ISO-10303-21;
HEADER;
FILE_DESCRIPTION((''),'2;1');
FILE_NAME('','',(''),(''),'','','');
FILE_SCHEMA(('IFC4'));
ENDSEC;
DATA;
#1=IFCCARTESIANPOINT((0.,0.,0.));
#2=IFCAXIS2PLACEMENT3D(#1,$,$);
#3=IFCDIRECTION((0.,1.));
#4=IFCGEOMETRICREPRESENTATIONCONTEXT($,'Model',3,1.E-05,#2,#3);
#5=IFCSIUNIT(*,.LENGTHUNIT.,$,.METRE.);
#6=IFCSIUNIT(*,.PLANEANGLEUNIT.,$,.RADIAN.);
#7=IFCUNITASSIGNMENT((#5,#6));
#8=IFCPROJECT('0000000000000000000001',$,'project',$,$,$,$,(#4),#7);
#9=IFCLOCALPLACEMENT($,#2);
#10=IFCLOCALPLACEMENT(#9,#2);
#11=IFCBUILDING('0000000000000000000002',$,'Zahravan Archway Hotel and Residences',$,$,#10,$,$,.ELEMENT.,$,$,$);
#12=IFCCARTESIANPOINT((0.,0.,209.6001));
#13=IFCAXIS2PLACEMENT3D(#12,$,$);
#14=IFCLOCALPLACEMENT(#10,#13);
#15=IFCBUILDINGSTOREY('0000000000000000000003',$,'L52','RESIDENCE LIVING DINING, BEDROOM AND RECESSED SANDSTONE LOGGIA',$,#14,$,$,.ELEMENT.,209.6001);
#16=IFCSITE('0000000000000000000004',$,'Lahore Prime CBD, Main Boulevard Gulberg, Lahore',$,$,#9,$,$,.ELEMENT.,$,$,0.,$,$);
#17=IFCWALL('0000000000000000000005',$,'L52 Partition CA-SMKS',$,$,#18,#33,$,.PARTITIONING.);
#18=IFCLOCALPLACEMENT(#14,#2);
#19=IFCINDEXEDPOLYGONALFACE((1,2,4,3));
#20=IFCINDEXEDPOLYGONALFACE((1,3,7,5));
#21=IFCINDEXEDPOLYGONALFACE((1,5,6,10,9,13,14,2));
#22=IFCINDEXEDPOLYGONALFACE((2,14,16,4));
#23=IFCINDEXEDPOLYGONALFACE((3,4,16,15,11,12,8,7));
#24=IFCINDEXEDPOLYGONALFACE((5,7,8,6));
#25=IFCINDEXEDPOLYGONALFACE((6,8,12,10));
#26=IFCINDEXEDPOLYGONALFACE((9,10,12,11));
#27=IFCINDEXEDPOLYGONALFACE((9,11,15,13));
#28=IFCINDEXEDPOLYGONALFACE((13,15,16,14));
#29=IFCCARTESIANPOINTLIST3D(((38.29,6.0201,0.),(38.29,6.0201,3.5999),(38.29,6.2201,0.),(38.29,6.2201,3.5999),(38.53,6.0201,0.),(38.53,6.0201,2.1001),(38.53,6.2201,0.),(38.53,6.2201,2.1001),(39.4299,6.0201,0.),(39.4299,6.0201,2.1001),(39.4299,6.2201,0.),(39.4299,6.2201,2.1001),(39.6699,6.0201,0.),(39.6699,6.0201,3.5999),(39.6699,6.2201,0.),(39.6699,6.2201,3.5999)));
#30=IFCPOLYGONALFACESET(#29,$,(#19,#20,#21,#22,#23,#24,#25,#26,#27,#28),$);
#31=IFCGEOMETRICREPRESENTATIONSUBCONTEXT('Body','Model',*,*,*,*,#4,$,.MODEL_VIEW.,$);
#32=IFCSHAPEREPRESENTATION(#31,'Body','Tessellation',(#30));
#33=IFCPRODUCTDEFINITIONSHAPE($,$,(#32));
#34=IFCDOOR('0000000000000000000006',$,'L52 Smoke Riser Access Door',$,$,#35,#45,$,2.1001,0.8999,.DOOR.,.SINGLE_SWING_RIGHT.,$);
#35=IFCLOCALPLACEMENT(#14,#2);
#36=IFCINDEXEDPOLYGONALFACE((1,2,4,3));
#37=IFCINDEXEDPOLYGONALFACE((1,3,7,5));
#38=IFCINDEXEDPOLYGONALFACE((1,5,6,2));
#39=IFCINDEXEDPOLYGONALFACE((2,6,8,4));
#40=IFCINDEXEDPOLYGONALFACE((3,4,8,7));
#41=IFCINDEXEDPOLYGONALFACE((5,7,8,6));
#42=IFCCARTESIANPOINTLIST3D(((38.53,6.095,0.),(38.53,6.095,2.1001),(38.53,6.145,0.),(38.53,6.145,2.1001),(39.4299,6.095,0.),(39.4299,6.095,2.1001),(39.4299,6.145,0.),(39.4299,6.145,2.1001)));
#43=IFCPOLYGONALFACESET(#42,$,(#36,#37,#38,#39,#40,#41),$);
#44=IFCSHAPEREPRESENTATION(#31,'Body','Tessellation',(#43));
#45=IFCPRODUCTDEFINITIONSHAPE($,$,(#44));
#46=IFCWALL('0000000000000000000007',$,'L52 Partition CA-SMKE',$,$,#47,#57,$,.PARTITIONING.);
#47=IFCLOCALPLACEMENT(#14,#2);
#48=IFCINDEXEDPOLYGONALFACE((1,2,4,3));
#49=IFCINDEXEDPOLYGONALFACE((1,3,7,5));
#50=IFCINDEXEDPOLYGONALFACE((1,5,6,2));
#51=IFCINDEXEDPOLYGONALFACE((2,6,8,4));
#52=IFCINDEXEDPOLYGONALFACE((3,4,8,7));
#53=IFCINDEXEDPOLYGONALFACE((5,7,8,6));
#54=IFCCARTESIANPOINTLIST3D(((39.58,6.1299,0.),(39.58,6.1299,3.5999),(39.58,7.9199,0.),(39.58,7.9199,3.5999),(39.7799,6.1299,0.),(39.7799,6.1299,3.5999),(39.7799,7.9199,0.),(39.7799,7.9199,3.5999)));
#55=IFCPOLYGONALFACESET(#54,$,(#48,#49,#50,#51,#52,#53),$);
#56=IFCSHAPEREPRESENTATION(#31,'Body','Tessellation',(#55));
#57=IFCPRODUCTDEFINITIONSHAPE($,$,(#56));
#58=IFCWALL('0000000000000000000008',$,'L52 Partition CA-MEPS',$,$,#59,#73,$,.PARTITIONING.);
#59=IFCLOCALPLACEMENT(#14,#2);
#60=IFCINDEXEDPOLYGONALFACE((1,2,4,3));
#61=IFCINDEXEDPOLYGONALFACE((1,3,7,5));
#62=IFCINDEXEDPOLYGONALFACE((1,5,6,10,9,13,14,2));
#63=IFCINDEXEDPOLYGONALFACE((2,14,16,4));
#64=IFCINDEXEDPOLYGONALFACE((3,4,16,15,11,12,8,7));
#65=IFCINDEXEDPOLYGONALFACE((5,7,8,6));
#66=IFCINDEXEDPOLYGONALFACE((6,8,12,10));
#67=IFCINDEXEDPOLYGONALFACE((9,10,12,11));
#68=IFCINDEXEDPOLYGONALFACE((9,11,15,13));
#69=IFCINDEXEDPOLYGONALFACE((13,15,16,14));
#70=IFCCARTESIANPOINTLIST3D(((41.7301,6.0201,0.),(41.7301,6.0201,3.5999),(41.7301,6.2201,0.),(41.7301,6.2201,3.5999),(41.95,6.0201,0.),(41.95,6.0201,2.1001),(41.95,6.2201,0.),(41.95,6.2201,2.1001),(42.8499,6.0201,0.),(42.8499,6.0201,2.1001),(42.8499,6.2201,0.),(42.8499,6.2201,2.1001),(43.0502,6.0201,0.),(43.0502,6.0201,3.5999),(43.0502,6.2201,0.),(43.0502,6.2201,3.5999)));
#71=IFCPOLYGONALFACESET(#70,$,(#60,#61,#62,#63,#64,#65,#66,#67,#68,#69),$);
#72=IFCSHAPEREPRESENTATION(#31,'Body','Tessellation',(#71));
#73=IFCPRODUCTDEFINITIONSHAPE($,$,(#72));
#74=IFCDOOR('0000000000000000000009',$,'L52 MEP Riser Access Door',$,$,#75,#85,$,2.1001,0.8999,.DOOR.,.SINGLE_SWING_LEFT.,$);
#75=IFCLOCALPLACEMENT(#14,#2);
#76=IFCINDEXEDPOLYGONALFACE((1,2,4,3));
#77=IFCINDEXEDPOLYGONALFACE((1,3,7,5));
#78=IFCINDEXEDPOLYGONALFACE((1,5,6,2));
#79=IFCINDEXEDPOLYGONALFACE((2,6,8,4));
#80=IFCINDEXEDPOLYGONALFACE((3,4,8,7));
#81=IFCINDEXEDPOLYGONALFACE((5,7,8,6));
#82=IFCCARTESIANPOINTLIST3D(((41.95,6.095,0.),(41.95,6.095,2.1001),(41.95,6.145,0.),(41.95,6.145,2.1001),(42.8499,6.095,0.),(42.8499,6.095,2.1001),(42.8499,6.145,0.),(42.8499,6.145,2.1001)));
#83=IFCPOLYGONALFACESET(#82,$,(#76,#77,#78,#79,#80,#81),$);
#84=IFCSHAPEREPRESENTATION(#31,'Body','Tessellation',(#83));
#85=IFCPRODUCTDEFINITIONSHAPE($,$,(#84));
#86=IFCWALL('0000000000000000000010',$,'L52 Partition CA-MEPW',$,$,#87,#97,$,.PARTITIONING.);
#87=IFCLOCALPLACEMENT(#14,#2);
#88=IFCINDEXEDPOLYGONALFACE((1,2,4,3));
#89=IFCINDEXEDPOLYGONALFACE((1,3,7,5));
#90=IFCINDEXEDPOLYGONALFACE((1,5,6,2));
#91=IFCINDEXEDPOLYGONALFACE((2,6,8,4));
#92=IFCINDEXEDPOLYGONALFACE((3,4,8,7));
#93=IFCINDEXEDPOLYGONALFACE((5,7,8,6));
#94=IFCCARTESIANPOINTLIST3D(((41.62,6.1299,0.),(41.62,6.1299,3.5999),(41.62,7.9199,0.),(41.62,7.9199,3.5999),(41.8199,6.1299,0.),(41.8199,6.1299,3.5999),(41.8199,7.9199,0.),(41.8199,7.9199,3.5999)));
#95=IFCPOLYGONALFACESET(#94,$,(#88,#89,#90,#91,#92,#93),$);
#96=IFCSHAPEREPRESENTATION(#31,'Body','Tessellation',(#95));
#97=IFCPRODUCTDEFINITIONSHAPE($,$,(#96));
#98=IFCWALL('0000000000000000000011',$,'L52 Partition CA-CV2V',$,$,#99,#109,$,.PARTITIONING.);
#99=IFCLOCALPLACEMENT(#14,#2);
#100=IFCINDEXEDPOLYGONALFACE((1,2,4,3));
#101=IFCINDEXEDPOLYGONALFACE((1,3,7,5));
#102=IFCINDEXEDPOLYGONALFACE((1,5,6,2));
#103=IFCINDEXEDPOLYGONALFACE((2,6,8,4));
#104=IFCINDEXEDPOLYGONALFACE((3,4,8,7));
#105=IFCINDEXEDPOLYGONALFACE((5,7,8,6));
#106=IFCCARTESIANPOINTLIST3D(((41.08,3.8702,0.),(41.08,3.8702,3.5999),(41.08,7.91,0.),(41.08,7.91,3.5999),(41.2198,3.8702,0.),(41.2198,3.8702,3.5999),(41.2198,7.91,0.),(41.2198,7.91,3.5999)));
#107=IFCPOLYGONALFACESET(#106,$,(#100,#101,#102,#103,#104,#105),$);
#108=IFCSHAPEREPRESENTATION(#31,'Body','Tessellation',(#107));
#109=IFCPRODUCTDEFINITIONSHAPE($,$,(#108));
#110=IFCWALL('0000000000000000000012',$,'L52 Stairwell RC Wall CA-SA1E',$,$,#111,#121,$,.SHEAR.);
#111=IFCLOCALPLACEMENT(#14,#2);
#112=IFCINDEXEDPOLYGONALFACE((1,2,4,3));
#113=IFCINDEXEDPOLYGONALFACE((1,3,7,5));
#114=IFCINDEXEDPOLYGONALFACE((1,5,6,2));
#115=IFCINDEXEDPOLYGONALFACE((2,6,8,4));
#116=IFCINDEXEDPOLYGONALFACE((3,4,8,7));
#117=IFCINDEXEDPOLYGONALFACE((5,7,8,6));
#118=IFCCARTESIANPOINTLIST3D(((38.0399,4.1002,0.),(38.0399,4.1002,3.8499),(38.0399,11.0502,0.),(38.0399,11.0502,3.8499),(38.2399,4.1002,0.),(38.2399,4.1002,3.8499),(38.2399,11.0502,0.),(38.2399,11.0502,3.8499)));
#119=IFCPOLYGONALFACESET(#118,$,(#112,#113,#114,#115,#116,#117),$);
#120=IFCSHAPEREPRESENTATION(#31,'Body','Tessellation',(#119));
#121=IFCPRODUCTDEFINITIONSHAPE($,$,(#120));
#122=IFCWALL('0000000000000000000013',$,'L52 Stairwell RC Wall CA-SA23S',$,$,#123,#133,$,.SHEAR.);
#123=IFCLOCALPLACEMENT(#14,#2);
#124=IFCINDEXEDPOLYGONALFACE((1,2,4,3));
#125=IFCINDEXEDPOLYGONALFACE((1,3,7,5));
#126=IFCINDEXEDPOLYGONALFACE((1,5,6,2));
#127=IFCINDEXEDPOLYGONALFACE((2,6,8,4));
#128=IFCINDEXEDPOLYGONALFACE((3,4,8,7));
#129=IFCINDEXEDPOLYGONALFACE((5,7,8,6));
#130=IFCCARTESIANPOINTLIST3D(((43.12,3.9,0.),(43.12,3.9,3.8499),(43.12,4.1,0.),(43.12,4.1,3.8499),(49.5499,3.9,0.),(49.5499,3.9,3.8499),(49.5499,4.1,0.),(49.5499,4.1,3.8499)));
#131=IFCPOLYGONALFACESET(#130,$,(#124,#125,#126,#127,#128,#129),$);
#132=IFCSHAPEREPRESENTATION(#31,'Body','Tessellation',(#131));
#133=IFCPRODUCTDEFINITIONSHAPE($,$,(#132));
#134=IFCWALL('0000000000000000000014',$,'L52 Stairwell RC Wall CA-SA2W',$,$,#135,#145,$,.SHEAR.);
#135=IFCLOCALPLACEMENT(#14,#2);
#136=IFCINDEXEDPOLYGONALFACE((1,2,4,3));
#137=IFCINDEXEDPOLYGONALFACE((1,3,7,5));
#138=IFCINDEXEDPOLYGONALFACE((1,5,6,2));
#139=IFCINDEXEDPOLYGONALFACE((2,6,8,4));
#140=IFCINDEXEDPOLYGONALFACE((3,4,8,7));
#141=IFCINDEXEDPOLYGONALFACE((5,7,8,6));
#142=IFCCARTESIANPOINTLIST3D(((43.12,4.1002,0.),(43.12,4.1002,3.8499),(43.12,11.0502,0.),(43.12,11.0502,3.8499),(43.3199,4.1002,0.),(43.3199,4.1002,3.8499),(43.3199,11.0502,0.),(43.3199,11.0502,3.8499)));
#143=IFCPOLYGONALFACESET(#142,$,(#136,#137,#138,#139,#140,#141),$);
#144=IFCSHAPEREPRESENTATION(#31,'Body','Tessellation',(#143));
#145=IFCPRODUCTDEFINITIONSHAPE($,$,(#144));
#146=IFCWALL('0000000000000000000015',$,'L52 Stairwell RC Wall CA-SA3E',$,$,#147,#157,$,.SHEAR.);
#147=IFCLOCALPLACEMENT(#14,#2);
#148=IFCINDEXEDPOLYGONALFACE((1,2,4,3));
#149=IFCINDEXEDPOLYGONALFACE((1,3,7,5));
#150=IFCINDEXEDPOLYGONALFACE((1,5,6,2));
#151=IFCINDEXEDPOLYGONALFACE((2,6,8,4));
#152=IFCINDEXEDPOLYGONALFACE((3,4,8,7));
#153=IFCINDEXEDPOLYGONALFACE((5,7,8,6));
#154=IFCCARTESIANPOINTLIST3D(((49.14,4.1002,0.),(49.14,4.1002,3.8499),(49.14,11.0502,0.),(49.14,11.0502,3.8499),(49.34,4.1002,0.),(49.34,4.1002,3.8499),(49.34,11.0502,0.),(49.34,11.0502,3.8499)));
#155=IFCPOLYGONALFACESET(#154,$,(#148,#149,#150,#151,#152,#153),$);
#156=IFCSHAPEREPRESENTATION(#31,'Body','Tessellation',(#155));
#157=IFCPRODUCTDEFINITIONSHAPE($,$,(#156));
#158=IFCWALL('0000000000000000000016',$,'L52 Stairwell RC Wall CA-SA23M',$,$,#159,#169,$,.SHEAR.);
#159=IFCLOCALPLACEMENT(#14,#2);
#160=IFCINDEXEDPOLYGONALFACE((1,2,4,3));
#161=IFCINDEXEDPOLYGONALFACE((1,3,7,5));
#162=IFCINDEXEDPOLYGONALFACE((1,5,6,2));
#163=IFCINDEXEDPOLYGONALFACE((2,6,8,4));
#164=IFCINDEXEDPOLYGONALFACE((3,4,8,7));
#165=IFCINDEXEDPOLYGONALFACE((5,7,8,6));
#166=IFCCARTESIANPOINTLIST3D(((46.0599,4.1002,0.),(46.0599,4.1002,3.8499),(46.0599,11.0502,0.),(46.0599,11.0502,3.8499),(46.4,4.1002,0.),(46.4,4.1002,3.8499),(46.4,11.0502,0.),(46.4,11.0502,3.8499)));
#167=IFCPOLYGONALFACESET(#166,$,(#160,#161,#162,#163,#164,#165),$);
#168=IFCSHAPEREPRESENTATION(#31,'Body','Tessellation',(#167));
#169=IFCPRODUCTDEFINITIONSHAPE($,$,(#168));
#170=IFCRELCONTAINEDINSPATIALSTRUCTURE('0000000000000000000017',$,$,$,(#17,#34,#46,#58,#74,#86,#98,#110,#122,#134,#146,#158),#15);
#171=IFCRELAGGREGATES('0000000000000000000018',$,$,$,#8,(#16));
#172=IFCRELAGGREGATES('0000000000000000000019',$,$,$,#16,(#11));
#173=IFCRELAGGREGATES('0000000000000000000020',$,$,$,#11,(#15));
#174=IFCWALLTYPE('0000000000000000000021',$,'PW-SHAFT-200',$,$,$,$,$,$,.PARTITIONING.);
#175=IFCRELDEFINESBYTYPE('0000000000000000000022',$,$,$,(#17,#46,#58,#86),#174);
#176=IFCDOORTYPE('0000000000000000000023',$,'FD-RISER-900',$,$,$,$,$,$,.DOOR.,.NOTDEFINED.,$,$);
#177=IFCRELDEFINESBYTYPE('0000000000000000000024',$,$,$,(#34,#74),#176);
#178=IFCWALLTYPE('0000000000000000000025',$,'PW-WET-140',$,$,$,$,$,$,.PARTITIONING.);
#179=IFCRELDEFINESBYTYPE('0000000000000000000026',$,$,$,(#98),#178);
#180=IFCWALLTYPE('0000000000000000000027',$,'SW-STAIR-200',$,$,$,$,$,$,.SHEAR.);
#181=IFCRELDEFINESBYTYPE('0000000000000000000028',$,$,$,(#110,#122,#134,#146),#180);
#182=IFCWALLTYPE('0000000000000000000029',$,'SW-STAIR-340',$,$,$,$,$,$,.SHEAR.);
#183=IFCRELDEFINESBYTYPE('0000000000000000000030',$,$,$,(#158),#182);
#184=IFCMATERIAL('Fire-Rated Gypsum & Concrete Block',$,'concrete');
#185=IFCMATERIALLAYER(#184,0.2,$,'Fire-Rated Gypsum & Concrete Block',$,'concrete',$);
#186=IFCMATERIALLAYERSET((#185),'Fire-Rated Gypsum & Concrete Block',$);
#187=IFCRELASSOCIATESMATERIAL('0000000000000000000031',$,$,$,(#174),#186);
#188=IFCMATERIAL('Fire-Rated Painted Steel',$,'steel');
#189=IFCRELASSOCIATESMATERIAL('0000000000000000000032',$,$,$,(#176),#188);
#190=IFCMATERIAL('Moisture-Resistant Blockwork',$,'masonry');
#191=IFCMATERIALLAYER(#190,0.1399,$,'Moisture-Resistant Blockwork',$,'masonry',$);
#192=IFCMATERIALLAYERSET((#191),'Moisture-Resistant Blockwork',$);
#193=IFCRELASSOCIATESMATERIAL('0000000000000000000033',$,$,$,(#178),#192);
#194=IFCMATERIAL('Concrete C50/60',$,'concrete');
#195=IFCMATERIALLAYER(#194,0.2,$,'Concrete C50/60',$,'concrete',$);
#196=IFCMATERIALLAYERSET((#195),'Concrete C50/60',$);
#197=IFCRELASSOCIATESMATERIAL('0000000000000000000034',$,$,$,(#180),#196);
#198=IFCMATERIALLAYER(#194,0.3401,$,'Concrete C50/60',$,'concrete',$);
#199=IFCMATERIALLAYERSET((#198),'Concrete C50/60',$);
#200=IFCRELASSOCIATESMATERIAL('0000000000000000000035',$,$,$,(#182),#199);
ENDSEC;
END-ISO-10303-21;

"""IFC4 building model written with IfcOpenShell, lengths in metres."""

from ifc_helpers import new_model, si_unit, direction, frame, frame_2d, origin, place, context, subcontext, project, spatial, rectangle, extrude, source, transform, mapped, material, layer, layer_set, type_object, type_shapes, element, fill, save


model = new_model("IFC4")

# Units and contexts
model_context = context("Model", 3, precision=1e-05, world=origin(), true_north=direction((0.0, 1.0)))
body_context = subcontext(model_context, "Body", "Model", "MODEL_VIEW")
ifc_project = project(units=[si_unit("LENGTHUNIT", "METRE"), si_unit("PLANEANGLEUNIT", "RADIAN")], contexts=[model_context])

# Site, building, storey
site_placement = place(None, origin())
site = spatial("IfcSite", under=ifc_project, at=site_placement, Name="Lahore Prime CBD, Main Boulevard Gulberg, Lahore", CompositionType="ELEMENT", RefElevation=0.0)
building_placement = place(site_placement, origin())
building = spatial("IfcBuilding", under=site, at=building_placement, Name="Zahravan Archway Hotel and Residences", CompositionType="ELEMENT")
storey_placement = place(building_placement, frame((0.0, 0.0, 209.6001)))
storey = spatial("IfcBuildingStorey", under=building, at=storey_placement, Name="L52", Description="RESIDENCE LIVING DINING, BEDROOM AND RECESSED SANDSTONE LOGGIA", CompositionType="ELEMENT", Elevation=209.6001)

# Wall, opening, door
ifc_material_1 = material(Name="Fire-Rated Gypsum & Concrete Block", Category="concrete")
ifc_layer_1 = layer(ifc_material_1, 0.2, Name="Fire-Rated Gypsum & Concrete Block", Category="concrete")
ifc_layer_set_1 = layer_set([ifc_layer_1], Name="Fire-Rated Gypsum & Concrete Block")
wall_type_1 = type_object("IfcWallType", Name="PW-SHAFT-200", PredefinedType="PARTITIONING", material=ifc_layer_set_1)
wall_1_placement = place(storey_placement, frame((38.29, 6.1201, 0.0), z_axis=(0.0, 0.0, 1.0), x_axis=(1.0, 0.0, 0.0)))
wall_1 = element("IfcWall", 1, at=wall_1_placement, inside=storey, type_object=wall_type_1, Name="L52 Partition CA-SMKS", PredefinedType="PARTITIONING", context=body_context, shape_type="SweptSolid", body=[
    extrude(rectangle(XDim=1.3799, YDim=0.2, at=frame_2d((0.6899, 0.0))), origin(), (0.0, 0.0, 1.0), 3.5999),
])
opening_1_placement = place(wall_1_placement, frame((0.24, 0.0, 0.0)))
opening_1 = element("IfcOpeningElement", 2, at=opening_1_placement, cuts=wall_1, PredefinedType="OPENING", context=body_context, shape_type="SweptSolid", body=[
    extrude(rectangle(XDim=0.8999, YDim=2.1001, at=frame_2d((0.45, 1.05))), frame((0.0, 0.1099, 0.0), z_axis=(0.0, -1.0, 0.0), x_axis=(1.0, 0.0, 0.0)), (0.0, 0.0, 1.0), 0.22),
])
ifc_material_2 = material(Name="Fire-Rated Painted Steel", Category="steel")
door_type = type_object("IfcDoorType", Name="FD-RISER-900", OperationType="NOTDEFINED", PredefinedType="DOOR", material=ifc_material_2)
shared_shape_1 = source(origin(), body_context, "Body", "SweptSolid", [
    extrude(rectangle(XDim=0.8999, YDim=2.1001, at=frame_2d((0.45, 1.05))), frame((0.0, 0.0249, 0.0), z_axis=(0.0, -1.0, 0.0), x_axis=(1.0, 0.0, 0.0)), (0.0, 0.0, 1.0), 0.05),
])
type_shapes(door_type, [shared_shape_1])
door_1_placement = place(opening_1_placement, origin())
door_1 = element("IfcDoor", 3, at=door_1_placement, inside=storey, type_object=door_type, Name="L52 Smoke Riser Access Door", OperationType="SINGLE_SWING_RIGHT", OverallHeight=2.1001, OverallWidth=0.8999, PredefinedType="DOOR", context=body_context, shape_type="MappedRepresentation", body=[
    mapped(shared_shape_1, transform((0.0, 0.0, 0.0), scale=1.0)),
])
fill(opening_1, door_1)

# Wall
wall_2_placement = place(storey_placement, frame((39.6799, 6.1299, 0.0), z_axis=(0.0, 0.0, 1.0), x_axis=(0.0, 1.0, 0.0)))
element("IfcWall", 4, at=wall_2_placement, inside=storey, type_object=wall_type_1, Name="L52 Partition CA-SMKE", PredefinedType="PARTITIONING", context=body_context, shape_type="SweptSolid", body=[
    extrude(rectangle(XDim=1.79, YDim=0.2, at=frame_2d((0.895, 0.0))), origin(), (0.0, 0.0, 1.0), 3.5999),
])

# Wall, opening, door
wall_3_placement = place(storey_placement, frame((41.73, 6.1201, 0.0), z_axis=(0.0, 0.0, 1.0), x_axis=(1.0, 0.0, 0.0)))
wall_3 = element("IfcWall", 5, at=wall_3_placement, inside=storey, type_object=wall_type_1, Name="L52 Partition CA-MEPS", PredefinedType="PARTITIONING", context=body_context, shape_type="SweptSolid", body=[
    extrude(rectangle(XDim=1.3201, YDim=0.2, at=frame_2d((0.6602, 0.0))), origin(), (0.0, 0.0, 1.0), 3.5999),
])
opening_2_placement = place(wall_3_placement, frame((0.22, 0.0, 0.0)))
opening_2 = element("IfcOpeningElement", 6, at=opening_2_placement, cuts=wall_3, PredefinedType="OPENING", context=body_context, shape_type="SweptSolid", body=[
    extrude(rectangle(XDim=0.8999, YDim=2.1001, at=frame_2d((0.45, 1.05))), frame((0.0, 0.1099, 0.0), z_axis=(0.0, -1.0, 0.0), x_axis=(1.0, 0.0, 0.0)), (0.0, 0.0, 1.0), 0.22),
])
door_2_placement = place(opening_2_placement, origin())
door_2 = element("IfcDoor", 7, at=door_2_placement, inside=storey, type_object=door_type, Name="L52 MEP Riser Access Door", OperationType="SINGLE_SWING_LEFT", OverallHeight=2.1001, OverallWidth=0.8999, PredefinedType="DOOR", context=body_context, shape_type="MappedRepresentation", body=[
    mapped(shared_shape_1, transform((0.0, 0.0, 0.0), scale=1.0)),
])
fill(opening_2, door_2)

# Walls
wall_4_placement = place(storey_placement, frame((41.72, 6.1299, 0.0), z_axis=(0.0, 0.0, 1.0), x_axis=(0.0, 1.0, 0.0)))
element("IfcWall", 8, at=wall_4_placement, inside=storey, type_object=wall_type_1, Name="L52 Partition CA-MEPW", PredefinedType="PARTITIONING", context=body_context, shape_type="SweptSolid", body=[
    extrude(rectangle(XDim=1.79, YDim=0.2, at=frame_2d((0.895, 0.0))), origin(), (0.0, 0.0, 1.0), 3.5999),
])
ifc_material_3 = material(Name="Moisture-Resistant Blockwork", Category="masonry")
ifc_layer_2 = layer(ifc_material_3, 0.1399, Name="Moisture-Resistant Blockwork", Category="masonry")
ifc_layer_set_2 = layer_set([ifc_layer_2], Name="Moisture-Resistant Blockwork")
wall_type_2 = type_object("IfcWallType", Name="PW-WET-140", PredefinedType="PARTITIONING", material=ifc_layer_set_2)
wall_5_placement = place(storey_placement, frame((41.1499, 3.8701, 0.0), z_axis=(0.0, 0.0, 1.0), x_axis=(0.0, 1.0, 0.0)))
element("IfcWall", 9, at=wall_5_placement, inside=storey, type_object=wall_type_2, Name="L52 Partition CA-CV2V", PredefinedType="PARTITIONING", context=body_context, shape_type="SweptSolid", body=[
    extrude(rectangle(XDim=4.0398, YDim=0.1399, at=frame_2d((2.02, 0.0))), origin(), (0.0, 0.0, 1.0), 3.5999),
])
ifc_material_4 = material(Name="Concrete C50/60", Category="concrete")
ifc_layer_3 = layer(ifc_material_4, 0.2, Name="Concrete C50/60", Category="concrete")
ifc_layer_set_3 = layer_set([ifc_layer_3], Name="Concrete C50/60")
wall_type_3 = type_object("IfcWallType", Name="SW-STAIR-200", PredefinedType="SHEAR", material=ifc_layer_set_3)
wall_6_placement = place(storey_placement, frame((38.1399, 4.1001, 0.0), z_axis=(0.0, 0.0, 1.0), x_axis=(0.0, 1.0, 0.0)))
element("IfcWall", 10, at=wall_6_placement, inside=storey, type_object=wall_type_3, Name="L52 Stairwell RC Wall CA-SA1E", PredefinedType="SHEAR", context=body_context, shape_type="SweptSolid", body=[
    extrude(rectangle(XDim=6.95, YDim=0.2, at=frame_2d((3.4751, 0.0))), origin(), (0.0, 0.0, 1.0), 3.8499),
])
wall_7_placement = place(storey_placement, frame((43.1201, 4.0, 0.0), z_axis=(0.0, 0.0, 1.0), x_axis=(1.0, 0.0, 0.0)))
element("IfcWall", 11, at=wall_7_placement, inside=storey, type_object=wall_type_3, Name="L52 Stairwell RC Wall CA-SA23S", PredefinedType="SHEAR", context=body_context, shape_type="SweptSolid", body=[
    extrude(rectangle(XDim=6.4299, YDim=0.2, at=frame_2d((3.2148, 0.0))), origin(), (0.0, 0.0, 1.0), 3.8499),
])
for number, where, z_axis, x_axis, name in (
    (12, (43.22, 4.1001, 0.0), (0.0, 0.0, 1.0), (0.0, 1.0, 0.0), "L52 Stairwell RC Wall CA-SA2W"),
    (13, (49.24, 4.1001, 0.0), (0.0, 0.0, 1.0), (0.0, 1.0, 0.0), "L52 Stairwell RC Wall CA-SA3E"),
):
    element("IfcWall", number, at=place(storey_placement, frame(where, z_axis=z_axis, x_axis=x_axis)), inside=storey, type_object=wall_type_3, Name=name, PredefinedType="SHEAR", context=body_context, shape_type="SweptSolid", body=[
        extrude(rectangle(XDim=6.95, YDim=0.2, at=frame_2d((3.4751, 0.0))), origin(), (0.0, 0.0, 1.0), 3.8499),
    ])
ifc_layer_4 = layer(ifc_material_4, 0.3401, Name="Concrete C50/60", Category="concrete")
ifc_layer_set_4 = layer_set([ifc_layer_4], Name="Concrete C50/60")
wall_type_4 = type_object("IfcWallType", Name="SW-STAIR-340", PredefinedType="SHEAR", material=ifc_layer_set_4)
wall_8_placement = place(storey_placement, frame((46.23, 4.1001, 0.0), z_axis=(0.0, 0.0, 1.0), x_axis=(0.0, 1.0, 0.0)))
element("IfcWall", 14, at=wall_8_placement, inside=storey, type_object=wall_type_4, Name="L52 Stairwell RC Wall CA-SA23M", PredefinedType="SHEAR", context=body_context, shape_type="SweptSolid", body=[
    extrude(rectangle(XDim=6.95, YDim=0.3401, at=frame_2d((3.4751, 0.0))), origin(), (0.0, 0.0, 1.0), 3.8499),
])

save(model, "model.ifc")
